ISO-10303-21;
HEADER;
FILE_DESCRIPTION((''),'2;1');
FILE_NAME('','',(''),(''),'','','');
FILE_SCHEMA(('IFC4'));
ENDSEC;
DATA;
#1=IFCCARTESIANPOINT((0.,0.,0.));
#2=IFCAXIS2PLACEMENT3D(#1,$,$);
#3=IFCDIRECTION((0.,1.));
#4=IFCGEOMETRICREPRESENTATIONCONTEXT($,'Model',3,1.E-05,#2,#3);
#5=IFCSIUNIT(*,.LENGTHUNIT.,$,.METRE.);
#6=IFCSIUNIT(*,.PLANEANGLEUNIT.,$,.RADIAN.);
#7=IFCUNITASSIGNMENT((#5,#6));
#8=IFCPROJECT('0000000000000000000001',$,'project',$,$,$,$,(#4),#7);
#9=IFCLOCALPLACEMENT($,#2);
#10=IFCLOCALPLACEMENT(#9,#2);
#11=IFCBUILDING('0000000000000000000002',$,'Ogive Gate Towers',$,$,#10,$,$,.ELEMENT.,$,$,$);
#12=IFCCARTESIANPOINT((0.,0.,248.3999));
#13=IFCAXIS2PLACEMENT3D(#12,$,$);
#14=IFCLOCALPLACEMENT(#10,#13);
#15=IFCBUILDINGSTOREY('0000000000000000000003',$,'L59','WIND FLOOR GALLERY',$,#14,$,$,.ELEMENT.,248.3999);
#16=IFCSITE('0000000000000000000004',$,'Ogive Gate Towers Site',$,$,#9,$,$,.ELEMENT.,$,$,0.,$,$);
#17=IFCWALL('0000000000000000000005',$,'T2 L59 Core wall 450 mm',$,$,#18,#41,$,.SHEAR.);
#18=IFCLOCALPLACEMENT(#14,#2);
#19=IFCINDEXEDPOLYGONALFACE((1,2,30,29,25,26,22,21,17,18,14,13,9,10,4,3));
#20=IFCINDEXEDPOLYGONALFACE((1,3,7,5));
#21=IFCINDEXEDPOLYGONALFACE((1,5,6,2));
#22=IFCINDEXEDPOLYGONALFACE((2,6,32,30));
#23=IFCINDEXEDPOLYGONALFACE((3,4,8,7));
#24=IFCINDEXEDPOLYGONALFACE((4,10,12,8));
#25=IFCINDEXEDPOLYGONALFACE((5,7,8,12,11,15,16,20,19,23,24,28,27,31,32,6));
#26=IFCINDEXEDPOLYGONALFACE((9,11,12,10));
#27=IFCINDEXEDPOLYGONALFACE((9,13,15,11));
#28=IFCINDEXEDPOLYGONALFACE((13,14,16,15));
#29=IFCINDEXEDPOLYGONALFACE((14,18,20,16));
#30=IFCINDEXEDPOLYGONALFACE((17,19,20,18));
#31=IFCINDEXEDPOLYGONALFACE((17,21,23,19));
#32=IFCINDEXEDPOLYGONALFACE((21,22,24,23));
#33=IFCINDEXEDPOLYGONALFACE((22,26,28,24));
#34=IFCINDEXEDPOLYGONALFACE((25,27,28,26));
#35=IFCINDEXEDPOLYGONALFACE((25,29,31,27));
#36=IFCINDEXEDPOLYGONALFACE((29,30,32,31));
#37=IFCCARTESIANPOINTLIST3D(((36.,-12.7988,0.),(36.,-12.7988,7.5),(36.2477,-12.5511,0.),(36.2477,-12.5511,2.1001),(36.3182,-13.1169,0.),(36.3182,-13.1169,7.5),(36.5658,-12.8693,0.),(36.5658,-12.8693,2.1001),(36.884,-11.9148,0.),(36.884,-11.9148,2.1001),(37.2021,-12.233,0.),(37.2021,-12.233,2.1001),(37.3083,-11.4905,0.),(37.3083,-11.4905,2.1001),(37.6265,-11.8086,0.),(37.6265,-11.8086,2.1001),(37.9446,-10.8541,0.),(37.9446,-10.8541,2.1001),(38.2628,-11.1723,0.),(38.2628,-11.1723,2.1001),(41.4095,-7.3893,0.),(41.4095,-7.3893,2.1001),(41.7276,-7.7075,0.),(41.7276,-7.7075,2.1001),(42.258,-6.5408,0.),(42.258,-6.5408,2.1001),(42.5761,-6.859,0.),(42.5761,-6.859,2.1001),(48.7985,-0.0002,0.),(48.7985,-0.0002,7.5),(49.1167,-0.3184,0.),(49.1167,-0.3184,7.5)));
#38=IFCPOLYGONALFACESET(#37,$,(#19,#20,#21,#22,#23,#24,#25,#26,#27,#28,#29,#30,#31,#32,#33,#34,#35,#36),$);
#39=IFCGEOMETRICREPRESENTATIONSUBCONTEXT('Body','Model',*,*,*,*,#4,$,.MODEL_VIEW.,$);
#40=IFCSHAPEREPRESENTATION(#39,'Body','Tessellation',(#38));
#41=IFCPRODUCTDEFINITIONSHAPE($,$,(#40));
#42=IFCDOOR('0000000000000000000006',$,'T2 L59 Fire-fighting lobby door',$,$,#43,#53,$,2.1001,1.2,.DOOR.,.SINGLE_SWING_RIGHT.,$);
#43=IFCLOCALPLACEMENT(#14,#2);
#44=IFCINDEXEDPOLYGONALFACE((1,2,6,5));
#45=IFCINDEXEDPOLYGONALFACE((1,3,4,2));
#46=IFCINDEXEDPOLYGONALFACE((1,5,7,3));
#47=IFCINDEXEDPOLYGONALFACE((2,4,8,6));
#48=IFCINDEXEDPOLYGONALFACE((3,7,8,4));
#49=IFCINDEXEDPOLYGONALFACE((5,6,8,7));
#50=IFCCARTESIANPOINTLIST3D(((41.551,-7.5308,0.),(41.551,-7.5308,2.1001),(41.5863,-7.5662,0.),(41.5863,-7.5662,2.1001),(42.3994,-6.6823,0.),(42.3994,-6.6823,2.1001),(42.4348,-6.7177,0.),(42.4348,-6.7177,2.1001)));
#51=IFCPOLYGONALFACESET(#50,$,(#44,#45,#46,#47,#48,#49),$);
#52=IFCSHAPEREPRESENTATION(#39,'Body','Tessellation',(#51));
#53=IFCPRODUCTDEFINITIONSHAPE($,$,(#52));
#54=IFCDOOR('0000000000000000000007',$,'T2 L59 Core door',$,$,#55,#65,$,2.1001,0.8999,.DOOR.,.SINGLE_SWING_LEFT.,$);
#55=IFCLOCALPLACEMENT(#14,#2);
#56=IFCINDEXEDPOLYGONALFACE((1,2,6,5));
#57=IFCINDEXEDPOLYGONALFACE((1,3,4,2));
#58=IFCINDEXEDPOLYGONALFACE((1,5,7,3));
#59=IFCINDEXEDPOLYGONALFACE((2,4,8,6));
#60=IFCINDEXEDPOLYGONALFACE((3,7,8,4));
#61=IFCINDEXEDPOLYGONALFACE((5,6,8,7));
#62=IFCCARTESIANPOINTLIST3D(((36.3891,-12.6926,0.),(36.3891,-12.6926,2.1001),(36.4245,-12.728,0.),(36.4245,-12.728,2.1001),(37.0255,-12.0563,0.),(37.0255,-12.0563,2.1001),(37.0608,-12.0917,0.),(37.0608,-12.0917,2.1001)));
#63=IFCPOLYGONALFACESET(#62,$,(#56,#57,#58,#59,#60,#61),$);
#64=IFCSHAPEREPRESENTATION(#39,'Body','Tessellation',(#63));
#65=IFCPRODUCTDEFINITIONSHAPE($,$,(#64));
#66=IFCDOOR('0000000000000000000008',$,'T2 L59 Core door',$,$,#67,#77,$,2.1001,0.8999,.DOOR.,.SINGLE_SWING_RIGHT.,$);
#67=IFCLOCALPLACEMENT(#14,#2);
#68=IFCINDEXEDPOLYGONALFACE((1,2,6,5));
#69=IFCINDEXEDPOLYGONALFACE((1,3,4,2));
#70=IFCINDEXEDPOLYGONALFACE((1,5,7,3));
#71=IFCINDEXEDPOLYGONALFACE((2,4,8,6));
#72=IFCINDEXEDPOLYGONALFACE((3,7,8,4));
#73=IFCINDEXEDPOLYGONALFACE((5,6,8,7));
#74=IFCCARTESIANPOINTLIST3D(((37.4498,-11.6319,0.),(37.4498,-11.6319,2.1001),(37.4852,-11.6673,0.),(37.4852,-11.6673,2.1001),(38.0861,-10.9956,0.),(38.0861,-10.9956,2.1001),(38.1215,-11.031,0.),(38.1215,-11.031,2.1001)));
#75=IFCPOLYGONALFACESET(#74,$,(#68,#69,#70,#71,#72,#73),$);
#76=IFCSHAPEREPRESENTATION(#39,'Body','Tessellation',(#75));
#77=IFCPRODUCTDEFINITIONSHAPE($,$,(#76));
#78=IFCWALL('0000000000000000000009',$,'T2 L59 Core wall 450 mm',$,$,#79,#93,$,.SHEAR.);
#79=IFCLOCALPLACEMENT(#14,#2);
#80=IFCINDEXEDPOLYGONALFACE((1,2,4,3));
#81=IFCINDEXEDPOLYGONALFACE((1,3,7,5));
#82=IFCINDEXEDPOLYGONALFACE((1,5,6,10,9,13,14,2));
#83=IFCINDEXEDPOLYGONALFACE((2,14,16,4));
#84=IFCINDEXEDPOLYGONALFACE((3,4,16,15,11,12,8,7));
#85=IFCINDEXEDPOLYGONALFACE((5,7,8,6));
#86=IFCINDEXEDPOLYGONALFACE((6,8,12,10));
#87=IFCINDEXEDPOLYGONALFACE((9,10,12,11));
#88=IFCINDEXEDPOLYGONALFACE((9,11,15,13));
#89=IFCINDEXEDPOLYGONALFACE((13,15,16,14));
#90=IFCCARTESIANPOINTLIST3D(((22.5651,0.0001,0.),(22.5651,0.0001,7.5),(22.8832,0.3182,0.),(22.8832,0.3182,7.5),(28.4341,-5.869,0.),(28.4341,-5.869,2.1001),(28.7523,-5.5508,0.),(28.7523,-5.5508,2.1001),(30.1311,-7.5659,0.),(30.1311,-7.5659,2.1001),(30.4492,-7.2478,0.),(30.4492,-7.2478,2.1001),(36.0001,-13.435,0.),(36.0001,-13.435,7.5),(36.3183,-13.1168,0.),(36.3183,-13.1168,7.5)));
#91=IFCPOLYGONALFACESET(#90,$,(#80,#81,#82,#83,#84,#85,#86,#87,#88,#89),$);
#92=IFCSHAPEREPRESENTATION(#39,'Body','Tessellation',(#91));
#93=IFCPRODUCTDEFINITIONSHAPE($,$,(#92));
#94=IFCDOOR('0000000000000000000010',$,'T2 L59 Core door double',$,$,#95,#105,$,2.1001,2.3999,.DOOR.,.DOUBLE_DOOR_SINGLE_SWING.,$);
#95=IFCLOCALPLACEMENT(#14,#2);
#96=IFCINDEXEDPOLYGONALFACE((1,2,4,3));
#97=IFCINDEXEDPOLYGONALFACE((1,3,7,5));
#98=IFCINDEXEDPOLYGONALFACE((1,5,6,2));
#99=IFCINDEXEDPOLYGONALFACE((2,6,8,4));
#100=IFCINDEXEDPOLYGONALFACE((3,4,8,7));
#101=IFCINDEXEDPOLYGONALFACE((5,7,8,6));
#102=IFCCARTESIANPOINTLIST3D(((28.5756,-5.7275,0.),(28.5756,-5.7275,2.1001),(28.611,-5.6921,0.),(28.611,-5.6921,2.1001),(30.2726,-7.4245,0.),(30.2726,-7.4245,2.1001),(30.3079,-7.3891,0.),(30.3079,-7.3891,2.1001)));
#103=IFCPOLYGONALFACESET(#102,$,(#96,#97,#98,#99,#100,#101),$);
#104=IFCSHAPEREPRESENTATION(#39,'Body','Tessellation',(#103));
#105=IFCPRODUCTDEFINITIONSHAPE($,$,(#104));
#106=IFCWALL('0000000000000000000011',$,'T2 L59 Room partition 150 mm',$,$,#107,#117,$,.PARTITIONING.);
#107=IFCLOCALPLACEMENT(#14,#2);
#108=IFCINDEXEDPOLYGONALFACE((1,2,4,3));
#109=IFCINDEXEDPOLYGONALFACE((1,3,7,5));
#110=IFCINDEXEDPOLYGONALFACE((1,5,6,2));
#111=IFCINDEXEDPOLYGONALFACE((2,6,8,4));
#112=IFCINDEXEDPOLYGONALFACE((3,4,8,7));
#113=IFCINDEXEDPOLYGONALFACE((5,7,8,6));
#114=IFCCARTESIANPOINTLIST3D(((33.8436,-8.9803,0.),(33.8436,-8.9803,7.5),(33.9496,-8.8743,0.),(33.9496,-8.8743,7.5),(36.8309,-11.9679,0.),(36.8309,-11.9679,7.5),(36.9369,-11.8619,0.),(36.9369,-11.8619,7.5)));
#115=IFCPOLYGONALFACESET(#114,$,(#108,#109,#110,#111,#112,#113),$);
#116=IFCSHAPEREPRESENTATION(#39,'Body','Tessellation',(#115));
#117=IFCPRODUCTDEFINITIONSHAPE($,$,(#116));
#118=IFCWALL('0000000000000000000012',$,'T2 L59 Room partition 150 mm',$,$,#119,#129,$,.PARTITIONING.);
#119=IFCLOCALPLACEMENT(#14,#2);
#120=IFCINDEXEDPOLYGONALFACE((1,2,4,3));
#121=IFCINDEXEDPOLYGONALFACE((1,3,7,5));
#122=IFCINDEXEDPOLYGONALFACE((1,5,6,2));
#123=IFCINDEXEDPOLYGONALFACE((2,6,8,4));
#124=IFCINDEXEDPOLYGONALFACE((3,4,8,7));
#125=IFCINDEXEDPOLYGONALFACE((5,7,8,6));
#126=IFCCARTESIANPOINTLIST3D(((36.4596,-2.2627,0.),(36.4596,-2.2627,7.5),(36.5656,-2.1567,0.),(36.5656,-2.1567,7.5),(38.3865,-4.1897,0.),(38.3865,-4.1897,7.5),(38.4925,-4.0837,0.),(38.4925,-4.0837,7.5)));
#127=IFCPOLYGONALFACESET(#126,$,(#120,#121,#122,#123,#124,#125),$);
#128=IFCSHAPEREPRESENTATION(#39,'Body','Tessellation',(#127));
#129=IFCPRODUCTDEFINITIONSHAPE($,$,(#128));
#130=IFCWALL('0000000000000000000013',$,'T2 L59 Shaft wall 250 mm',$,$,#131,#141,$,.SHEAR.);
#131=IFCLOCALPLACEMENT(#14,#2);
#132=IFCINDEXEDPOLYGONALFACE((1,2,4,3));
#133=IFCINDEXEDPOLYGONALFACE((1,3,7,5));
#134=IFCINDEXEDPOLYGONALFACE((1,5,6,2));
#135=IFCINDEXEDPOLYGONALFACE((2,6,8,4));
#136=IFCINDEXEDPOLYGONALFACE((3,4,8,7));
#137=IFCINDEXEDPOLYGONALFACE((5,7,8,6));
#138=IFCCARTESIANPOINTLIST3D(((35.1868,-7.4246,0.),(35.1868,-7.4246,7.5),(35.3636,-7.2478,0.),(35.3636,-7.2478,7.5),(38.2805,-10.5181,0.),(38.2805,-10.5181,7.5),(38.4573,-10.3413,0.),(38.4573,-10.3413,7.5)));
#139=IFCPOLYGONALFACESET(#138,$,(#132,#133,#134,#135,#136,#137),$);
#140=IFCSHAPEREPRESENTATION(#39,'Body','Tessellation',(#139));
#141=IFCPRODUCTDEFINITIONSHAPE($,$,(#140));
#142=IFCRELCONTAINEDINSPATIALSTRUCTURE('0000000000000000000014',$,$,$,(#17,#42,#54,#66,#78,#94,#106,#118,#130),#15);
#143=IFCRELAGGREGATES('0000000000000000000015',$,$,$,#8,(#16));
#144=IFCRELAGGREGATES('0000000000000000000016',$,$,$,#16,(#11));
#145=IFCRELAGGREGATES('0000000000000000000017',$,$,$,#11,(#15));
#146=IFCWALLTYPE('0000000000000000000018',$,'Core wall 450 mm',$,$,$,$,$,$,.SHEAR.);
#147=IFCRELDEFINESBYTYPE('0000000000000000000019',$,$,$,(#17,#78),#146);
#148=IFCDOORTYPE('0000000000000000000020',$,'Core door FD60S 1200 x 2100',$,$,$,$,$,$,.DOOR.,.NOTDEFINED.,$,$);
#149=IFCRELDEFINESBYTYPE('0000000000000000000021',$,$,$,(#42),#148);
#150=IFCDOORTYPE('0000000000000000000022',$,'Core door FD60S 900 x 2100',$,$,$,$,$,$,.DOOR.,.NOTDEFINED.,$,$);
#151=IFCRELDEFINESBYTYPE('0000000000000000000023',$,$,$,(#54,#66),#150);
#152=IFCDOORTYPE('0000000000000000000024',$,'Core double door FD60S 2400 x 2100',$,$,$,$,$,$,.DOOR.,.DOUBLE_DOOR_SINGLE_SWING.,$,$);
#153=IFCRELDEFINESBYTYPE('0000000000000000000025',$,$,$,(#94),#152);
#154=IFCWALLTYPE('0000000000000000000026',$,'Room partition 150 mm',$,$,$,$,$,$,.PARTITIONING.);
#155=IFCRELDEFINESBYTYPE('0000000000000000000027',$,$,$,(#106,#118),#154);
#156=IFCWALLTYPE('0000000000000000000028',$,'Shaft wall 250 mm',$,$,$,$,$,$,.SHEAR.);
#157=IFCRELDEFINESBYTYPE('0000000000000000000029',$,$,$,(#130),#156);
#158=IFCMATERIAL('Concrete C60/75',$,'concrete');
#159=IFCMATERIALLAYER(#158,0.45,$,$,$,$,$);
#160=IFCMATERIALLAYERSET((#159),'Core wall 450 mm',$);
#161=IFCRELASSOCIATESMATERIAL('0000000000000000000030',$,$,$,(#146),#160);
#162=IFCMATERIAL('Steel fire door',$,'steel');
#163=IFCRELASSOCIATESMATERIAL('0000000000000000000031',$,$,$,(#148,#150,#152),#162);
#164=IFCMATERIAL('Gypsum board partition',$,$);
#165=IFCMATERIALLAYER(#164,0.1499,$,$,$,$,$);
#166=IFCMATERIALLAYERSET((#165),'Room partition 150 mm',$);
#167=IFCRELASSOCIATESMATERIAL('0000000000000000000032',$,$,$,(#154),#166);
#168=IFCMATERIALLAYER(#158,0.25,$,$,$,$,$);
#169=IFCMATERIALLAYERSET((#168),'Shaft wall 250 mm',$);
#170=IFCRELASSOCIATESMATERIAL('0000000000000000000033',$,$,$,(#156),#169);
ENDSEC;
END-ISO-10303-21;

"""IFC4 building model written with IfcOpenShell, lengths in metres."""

from ifc_helpers import new_model, si_unit, direction, frame, frame_2d, origin, place, context, subcontext, project, spatial, rectangle, extrude, material, layer, layer_set, type_object, element, fill, save


model = new_model("IFC4")

# Units and contexts
model_context = context("Model", 3, precision=1e-05, world=origin(), true_north=direction((0.0, 1.0)))
body_context = subcontext(model_context, "Body", "Model", "MODEL_VIEW")
ifc_project = project(units=[si_unit("LENGTHUNIT", "METRE"), si_unit("PLANEANGLEUNIT", "RADIAN")], contexts=[model_context])

# Site, building, storey
site_placement = place(None, origin())
site = spatial("IfcSite", under=ifc_project, at=site_placement, Name="Ogive Gate Towers Site", CompositionType="ELEMENT", RefElevation=0.0)
building_placement = place(site_placement, origin())
building = spatial("IfcBuilding", under=site, at=building_placement, Name="Ogive Gate Towers", CompositionType="ELEMENT")
storey_placement = place(building_placement, frame((0.0, 0.0, 248.3999)))
storey = spatial("IfcBuildingStorey", under=building, at=storey_placement, Name="L59", Description="WIND FLOOR GALLERY", CompositionType="ELEMENT", Elevation=248.3999)

# Wall, openings, doors
ifc_material_1 = material(Name="Concrete C60/75", Category="concrete")
ifc_layer_1 = layer(ifc_material_1, 0.45)
ifc_layer_set_1 = layer_set([ifc_layer_1], Name="Core wall 450 mm")
wall_type_1 = type_object("IfcWallType", Name="Core wall 450 mm", PredefinedType="SHEAR", material=ifc_layer_set_1)
wall_1_placement = place(storey_placement, frame((36.1592, -12.9578, 0.0), z_axis=(0.0, 0.0, 1.0), x_axis=(0.707107, 0.707107, 0.0)))
wall_1 = element("IfcWall", 1, at=wall_1_placement, inside=storey, type_object=wall_type_1, Name="T2 L59 Core wall 450 mm", PredefinedType="SHEAR", context=body_context, shape_type="SweptSolid", body=[
    extrude(rectangle(XDim=18.0999, YDim=0.45, at=frame_2d((9.0498, 0.0))), origin(), (0.0, 0.0, 1.0), 7.5),
])
opening_1_placement = place(wall_1_placement, frame((7.6499, 0.0, 0.0)))
opening_1 = element("IfcOpeningElement", 2, at=opening_1_placement, cuts=wall_1, PredefinedType="OPENING", context=body_context, shape_type="SweptSolid", body=[
    extrude(rectangle(XDim=1.2, YDim=2.1001, at=frame_2d((0.6001, 1.05))), frame((0.0, 0.2349, 0.0), z_axis=(0.0, -1.0, 0.0), x_axis=(1.0, 0.0, 0.0)), (0.0, 0.0, 1.0), 0.47),
])
opening_2_placement = place(wall_1_placement, frame((0.3501, 0.0, 0.0)))
opening_2 = element("IfcOpeningElement", 3, at=opening_2_placement, cuts=wall_1, PredefinedType="OPENING", context=body_context, shape_type="SweptSolid", body=[
    extrude(rectangle(XDim=0.8999, YDim=2.1001, at=frame_2d((0.45, 1.05))), frame((0.0, 0.2349, 0.0), z_axis=(0.0, -1.0, 0.0), x_axis=(1.0, 0.0, 0.0)), (0.0, 0.0, 1.0), 0.47),
])
opening_3_placement = place(wall_1_placement, frame((1.8501, 0.0, 0.0)))
opening_3 = element("IfcOpeningElement", 4, at=opening_3_placement, cuts=wall_1, PredefinedType="OPENING", context=body_context, shape_type="SweptSolid", body=[
    extrude(rectangle(XDim=0.8999, YDim=2.1001, at=frame_2d((0.45, 1.05))), frame((0.0, 0.2349, 0.0), z_axis=(0.0, -1.0, 0.0), x_axis=(1.0, 0.0, 0.0)), (0.0, 0.0, 1.0), 0.47),
])
ifc_material_2 = material(Name="Steel fire door", Category="steel")
door_type_1 = type_object("IfcDoorType", Name="Core door FD60S 1200 x 2100", OperationType="NOTDEFINED", PredefinedType="DOOR", material=ifc_material_2)
door_1_placement = place(opening_1_placement, origin())
door_1 = element("IfcDoor", 5, at=door_1_placement, inside=storey, type_object=door_type_1, Name="T2 L59 Fire-fighting lobby door", OperationType="SINGLE_SWING_RIGHT", OverallHeight=2.1001, OverallWidth=1.2, PredefinedType="DOOR", context=body_context, shape_type="SweptSolid", body=[
    extrude(rectangle(XDim=1.2, YDim=2.1001, at=frame_2d((0.6001, 1.05))), frame((0.0, 0.0249, 0.0), z_axis=(0.0, -1.0, 0.0), x_axis=(1.0, 0.0, 0.0)), (0.0, 0.0, 1.0), 0.05),
])
fill(opening_1, door_1)
door_type_2 = type_object("IfcDoorType", Name="Core door FD60S 900 x 2100", OperationType="NOTDEFINED", PredefinedType="DOOR", material=ifc_material_2)
door_2_placement = place(opening_2_placement, origin())
door_2 = element("IfcDoor", 6, at=door_2_placement, inside=storey, type_object=door_type_2, Name="T2 L59 Core door", OperationType="SINGLE_SWING_LEFT", OverallHeight=2.1001, OverallWidth=0.8999, PredefinedType="DOOR", context=body_context, shape_type="SweptSolid", body=[
    extrude(rectangle(XDim=0.8999, YDim=2.1001, at=frame_2d((0.45, 1.05))), frame((0.0, 0.0249, 0.0), z_axis=(0.0, -1.0, 0.0), x_axis=(1.0, 0.0, 0.0)), (0.0, 0.0, 1.0), 0.05),
])
fill(opening_2, door_2)
door_3_placement = place(opening_3_placement, origin())
door_3 = element("IfcDoor", 7, at=door_3_placement, inside=storey, type_object=door_type_2, Name="T2 L59 Core door", OperationType="SINGLE_SWING_RIGHT", OverallHeight=2.1001, OverallWidth=0.8999, PredefinedType="DOOR", context=body_context, shape_type="SweptSolid", body=[
    extrude(rectangle(XDim=0.8999, YDim=2.1001, at=frame_2d((0.45, 1.05))), frame((0.0, 0.0249, 0.0), z_axis=(0.0, -1.0, 0.0), x_axis=(1.0, 0.0, 0.0)), (0.0, 0.0, 1.0), 0.05),
])
fill(opening_3, door_3)

# Wall, opening, door
wall_2_placement = place(storey_placement, frame((36.1592, -13.2759, 0.0), z_axis=(0.0, 0.0, 1.0), x_axis=(-0.707107, 0.707107, 0.0)))
wall_2 = element("IfcWall", 8, at=wall_2_placement, inside=storey, type_object=wall_type_1, Name="T2 L59 Core wall 450 mm", PredefinedType="SHEAR", context=body_context, shape_type="SweptSolid", body=[
    extrude(rectangle(XDim=19.0, YDim=0.45, at=frame_2d((9.5, 0.0))), origin(), (0.0, 0.0, 1.0), 7.5),
])
opening_4_placement = place(wall_2_placement, frame((8.3, 0.0, 0.0)))
opening_4 = element("IfcOpeningElement", 9, at=opening_4_placement, cuts=wall_2, PredefinedType="OPENING", context=body_context, shape_type="SweptSolid", body=[
    extrude(rectangle(XDim=2.3999, YDim=2.1001, at=frame_2d((1.2, 1.05))), frame((0.0, 0.2349, 0.0), z_axis=(0.0, -1.0, 0.0), x_axis=(1.0, 0.0, 0.0)), (0.0, 0.0, 1.0), 0.47),
])
door_type_3 = type_object("IfcDoorType", Name="Core double door FD60S 2400 x 2100", OperationType="DOUBLE_DOOR_SINGLE_SWING", PredefinedType="DOOR", material=ifc_material_2)
door_4_placement = place(opening_4_placement, origin())
door_4 = element("IfcDoor", 10, at=door_4_placement, inside=storey, type_object=door_type_3, Name="T2 L59 Core door double", OperationType="DOUBLE_DOOR_SINGLE_SWING", OverallHeight=2.1001, OverallWidth=2.3999, PredefinedType="DOOR", context=body_context, shape_type="SweptSolid", body=[
    extrude(rectangle(XDim=2.3999, YDim=2.1001, at=frame_2d((1.2, 1.05))), frame((0.0, 0.0249, 0.0), z_axis=(0.0, -1.0, 0.0), x_axis=(1.0, 0.0, 0.0)), (0.0, 0.0, 1.0), 0.05),
])
fill(opening_4, door_4)

# Walls
ifc_material_3 = material(Name="Gypsum board partition")
ifc_layer_2 = layer(ifc_material_3, 0.1499)
ifc_layer_set_2 = layer_set([ifc_layer_2], Name="Room partition 150 mm")
wall_type_2 = type_object("IfcWallType", Name="Room partition 150 mm", PredefinedType="PARTITIONING", material=ifc_layer_set_2)
wall_3_placement = place(storey_placement, frame((36.8838, -11.9148, 0.0), z_axis=(0.0, 0.0, 1.0), x_axis=(-0.707078, 0.707136, 0.0)))
element("IfcWall", 11, at=wall_3_placement, inside=storey, type_object=wall_type_2, Name="T2 L59 Room partition 150 mm", PredefinedType="PARTITIONING", context=body_context, shape_type="SweptSolid", body=[
    extrude(rectangle(XDim=4.2249, YDim=0.1499, at=frame_2d((2.1123, 0.0))), origin(), (0.0, 0.0, 1.0), 7.5),
])
wall_4_placement = place(storey_placement, frame((38.4395, -4.1367, 0.0), z_axis=(0.0, 0.0, 1.0), x_axis=(-0.707062, 0.707152, 0.0)))
element("IfcWall", 12, at=wall_4_placement, inside=storey, type_object=wall_type_2, Name="T2 L59 Room partition 150 mm", PredefinedType="PARTITIONING", context=body_context, shape_type="SweptSolid", body=[
    extrude(rectangle(XDim=2.7251, YDim=0.1499, at=frame_2d((1.3625, 0.0))), origin(), (0.0, 0.0, 1.0), 7.5),
])
ifc_layer_3 = layer(ifc_material_1, 0.25)
ifc_layer_set_3 = layer_set([ifc_layer_3], Name="Shaft wall 250 mm")
wall_type_3 = type_object("IfcWallType", Name="Shaft wall 250 mm", PredefinedType="SHEAR", material=ifc_layer_set_3)
wall_5_placement = place(storey_placement, frame((38.3689, -10.4297, 0.0), z_axis=(0.0, 0.0, 1.0), x_axis=(-0.707135, 0.707079, 0.0)))
element("IfcWall", 13, at=wall_5_placement, inside=storey, type_object=wall_type_3, Name="T2 L59 Shaft wall 250 mm", PredefinedType="SHEAR", context=body_context, shape_type="SweptSolid", body=[
    extrude(rectangle(XDim=4.375, YDim=0.25, at=frame_2d((2.1875, 0.0))), origin(), (0.0, 0.0, 1.0), 7.5),
])

save(model, "model.ifc")
